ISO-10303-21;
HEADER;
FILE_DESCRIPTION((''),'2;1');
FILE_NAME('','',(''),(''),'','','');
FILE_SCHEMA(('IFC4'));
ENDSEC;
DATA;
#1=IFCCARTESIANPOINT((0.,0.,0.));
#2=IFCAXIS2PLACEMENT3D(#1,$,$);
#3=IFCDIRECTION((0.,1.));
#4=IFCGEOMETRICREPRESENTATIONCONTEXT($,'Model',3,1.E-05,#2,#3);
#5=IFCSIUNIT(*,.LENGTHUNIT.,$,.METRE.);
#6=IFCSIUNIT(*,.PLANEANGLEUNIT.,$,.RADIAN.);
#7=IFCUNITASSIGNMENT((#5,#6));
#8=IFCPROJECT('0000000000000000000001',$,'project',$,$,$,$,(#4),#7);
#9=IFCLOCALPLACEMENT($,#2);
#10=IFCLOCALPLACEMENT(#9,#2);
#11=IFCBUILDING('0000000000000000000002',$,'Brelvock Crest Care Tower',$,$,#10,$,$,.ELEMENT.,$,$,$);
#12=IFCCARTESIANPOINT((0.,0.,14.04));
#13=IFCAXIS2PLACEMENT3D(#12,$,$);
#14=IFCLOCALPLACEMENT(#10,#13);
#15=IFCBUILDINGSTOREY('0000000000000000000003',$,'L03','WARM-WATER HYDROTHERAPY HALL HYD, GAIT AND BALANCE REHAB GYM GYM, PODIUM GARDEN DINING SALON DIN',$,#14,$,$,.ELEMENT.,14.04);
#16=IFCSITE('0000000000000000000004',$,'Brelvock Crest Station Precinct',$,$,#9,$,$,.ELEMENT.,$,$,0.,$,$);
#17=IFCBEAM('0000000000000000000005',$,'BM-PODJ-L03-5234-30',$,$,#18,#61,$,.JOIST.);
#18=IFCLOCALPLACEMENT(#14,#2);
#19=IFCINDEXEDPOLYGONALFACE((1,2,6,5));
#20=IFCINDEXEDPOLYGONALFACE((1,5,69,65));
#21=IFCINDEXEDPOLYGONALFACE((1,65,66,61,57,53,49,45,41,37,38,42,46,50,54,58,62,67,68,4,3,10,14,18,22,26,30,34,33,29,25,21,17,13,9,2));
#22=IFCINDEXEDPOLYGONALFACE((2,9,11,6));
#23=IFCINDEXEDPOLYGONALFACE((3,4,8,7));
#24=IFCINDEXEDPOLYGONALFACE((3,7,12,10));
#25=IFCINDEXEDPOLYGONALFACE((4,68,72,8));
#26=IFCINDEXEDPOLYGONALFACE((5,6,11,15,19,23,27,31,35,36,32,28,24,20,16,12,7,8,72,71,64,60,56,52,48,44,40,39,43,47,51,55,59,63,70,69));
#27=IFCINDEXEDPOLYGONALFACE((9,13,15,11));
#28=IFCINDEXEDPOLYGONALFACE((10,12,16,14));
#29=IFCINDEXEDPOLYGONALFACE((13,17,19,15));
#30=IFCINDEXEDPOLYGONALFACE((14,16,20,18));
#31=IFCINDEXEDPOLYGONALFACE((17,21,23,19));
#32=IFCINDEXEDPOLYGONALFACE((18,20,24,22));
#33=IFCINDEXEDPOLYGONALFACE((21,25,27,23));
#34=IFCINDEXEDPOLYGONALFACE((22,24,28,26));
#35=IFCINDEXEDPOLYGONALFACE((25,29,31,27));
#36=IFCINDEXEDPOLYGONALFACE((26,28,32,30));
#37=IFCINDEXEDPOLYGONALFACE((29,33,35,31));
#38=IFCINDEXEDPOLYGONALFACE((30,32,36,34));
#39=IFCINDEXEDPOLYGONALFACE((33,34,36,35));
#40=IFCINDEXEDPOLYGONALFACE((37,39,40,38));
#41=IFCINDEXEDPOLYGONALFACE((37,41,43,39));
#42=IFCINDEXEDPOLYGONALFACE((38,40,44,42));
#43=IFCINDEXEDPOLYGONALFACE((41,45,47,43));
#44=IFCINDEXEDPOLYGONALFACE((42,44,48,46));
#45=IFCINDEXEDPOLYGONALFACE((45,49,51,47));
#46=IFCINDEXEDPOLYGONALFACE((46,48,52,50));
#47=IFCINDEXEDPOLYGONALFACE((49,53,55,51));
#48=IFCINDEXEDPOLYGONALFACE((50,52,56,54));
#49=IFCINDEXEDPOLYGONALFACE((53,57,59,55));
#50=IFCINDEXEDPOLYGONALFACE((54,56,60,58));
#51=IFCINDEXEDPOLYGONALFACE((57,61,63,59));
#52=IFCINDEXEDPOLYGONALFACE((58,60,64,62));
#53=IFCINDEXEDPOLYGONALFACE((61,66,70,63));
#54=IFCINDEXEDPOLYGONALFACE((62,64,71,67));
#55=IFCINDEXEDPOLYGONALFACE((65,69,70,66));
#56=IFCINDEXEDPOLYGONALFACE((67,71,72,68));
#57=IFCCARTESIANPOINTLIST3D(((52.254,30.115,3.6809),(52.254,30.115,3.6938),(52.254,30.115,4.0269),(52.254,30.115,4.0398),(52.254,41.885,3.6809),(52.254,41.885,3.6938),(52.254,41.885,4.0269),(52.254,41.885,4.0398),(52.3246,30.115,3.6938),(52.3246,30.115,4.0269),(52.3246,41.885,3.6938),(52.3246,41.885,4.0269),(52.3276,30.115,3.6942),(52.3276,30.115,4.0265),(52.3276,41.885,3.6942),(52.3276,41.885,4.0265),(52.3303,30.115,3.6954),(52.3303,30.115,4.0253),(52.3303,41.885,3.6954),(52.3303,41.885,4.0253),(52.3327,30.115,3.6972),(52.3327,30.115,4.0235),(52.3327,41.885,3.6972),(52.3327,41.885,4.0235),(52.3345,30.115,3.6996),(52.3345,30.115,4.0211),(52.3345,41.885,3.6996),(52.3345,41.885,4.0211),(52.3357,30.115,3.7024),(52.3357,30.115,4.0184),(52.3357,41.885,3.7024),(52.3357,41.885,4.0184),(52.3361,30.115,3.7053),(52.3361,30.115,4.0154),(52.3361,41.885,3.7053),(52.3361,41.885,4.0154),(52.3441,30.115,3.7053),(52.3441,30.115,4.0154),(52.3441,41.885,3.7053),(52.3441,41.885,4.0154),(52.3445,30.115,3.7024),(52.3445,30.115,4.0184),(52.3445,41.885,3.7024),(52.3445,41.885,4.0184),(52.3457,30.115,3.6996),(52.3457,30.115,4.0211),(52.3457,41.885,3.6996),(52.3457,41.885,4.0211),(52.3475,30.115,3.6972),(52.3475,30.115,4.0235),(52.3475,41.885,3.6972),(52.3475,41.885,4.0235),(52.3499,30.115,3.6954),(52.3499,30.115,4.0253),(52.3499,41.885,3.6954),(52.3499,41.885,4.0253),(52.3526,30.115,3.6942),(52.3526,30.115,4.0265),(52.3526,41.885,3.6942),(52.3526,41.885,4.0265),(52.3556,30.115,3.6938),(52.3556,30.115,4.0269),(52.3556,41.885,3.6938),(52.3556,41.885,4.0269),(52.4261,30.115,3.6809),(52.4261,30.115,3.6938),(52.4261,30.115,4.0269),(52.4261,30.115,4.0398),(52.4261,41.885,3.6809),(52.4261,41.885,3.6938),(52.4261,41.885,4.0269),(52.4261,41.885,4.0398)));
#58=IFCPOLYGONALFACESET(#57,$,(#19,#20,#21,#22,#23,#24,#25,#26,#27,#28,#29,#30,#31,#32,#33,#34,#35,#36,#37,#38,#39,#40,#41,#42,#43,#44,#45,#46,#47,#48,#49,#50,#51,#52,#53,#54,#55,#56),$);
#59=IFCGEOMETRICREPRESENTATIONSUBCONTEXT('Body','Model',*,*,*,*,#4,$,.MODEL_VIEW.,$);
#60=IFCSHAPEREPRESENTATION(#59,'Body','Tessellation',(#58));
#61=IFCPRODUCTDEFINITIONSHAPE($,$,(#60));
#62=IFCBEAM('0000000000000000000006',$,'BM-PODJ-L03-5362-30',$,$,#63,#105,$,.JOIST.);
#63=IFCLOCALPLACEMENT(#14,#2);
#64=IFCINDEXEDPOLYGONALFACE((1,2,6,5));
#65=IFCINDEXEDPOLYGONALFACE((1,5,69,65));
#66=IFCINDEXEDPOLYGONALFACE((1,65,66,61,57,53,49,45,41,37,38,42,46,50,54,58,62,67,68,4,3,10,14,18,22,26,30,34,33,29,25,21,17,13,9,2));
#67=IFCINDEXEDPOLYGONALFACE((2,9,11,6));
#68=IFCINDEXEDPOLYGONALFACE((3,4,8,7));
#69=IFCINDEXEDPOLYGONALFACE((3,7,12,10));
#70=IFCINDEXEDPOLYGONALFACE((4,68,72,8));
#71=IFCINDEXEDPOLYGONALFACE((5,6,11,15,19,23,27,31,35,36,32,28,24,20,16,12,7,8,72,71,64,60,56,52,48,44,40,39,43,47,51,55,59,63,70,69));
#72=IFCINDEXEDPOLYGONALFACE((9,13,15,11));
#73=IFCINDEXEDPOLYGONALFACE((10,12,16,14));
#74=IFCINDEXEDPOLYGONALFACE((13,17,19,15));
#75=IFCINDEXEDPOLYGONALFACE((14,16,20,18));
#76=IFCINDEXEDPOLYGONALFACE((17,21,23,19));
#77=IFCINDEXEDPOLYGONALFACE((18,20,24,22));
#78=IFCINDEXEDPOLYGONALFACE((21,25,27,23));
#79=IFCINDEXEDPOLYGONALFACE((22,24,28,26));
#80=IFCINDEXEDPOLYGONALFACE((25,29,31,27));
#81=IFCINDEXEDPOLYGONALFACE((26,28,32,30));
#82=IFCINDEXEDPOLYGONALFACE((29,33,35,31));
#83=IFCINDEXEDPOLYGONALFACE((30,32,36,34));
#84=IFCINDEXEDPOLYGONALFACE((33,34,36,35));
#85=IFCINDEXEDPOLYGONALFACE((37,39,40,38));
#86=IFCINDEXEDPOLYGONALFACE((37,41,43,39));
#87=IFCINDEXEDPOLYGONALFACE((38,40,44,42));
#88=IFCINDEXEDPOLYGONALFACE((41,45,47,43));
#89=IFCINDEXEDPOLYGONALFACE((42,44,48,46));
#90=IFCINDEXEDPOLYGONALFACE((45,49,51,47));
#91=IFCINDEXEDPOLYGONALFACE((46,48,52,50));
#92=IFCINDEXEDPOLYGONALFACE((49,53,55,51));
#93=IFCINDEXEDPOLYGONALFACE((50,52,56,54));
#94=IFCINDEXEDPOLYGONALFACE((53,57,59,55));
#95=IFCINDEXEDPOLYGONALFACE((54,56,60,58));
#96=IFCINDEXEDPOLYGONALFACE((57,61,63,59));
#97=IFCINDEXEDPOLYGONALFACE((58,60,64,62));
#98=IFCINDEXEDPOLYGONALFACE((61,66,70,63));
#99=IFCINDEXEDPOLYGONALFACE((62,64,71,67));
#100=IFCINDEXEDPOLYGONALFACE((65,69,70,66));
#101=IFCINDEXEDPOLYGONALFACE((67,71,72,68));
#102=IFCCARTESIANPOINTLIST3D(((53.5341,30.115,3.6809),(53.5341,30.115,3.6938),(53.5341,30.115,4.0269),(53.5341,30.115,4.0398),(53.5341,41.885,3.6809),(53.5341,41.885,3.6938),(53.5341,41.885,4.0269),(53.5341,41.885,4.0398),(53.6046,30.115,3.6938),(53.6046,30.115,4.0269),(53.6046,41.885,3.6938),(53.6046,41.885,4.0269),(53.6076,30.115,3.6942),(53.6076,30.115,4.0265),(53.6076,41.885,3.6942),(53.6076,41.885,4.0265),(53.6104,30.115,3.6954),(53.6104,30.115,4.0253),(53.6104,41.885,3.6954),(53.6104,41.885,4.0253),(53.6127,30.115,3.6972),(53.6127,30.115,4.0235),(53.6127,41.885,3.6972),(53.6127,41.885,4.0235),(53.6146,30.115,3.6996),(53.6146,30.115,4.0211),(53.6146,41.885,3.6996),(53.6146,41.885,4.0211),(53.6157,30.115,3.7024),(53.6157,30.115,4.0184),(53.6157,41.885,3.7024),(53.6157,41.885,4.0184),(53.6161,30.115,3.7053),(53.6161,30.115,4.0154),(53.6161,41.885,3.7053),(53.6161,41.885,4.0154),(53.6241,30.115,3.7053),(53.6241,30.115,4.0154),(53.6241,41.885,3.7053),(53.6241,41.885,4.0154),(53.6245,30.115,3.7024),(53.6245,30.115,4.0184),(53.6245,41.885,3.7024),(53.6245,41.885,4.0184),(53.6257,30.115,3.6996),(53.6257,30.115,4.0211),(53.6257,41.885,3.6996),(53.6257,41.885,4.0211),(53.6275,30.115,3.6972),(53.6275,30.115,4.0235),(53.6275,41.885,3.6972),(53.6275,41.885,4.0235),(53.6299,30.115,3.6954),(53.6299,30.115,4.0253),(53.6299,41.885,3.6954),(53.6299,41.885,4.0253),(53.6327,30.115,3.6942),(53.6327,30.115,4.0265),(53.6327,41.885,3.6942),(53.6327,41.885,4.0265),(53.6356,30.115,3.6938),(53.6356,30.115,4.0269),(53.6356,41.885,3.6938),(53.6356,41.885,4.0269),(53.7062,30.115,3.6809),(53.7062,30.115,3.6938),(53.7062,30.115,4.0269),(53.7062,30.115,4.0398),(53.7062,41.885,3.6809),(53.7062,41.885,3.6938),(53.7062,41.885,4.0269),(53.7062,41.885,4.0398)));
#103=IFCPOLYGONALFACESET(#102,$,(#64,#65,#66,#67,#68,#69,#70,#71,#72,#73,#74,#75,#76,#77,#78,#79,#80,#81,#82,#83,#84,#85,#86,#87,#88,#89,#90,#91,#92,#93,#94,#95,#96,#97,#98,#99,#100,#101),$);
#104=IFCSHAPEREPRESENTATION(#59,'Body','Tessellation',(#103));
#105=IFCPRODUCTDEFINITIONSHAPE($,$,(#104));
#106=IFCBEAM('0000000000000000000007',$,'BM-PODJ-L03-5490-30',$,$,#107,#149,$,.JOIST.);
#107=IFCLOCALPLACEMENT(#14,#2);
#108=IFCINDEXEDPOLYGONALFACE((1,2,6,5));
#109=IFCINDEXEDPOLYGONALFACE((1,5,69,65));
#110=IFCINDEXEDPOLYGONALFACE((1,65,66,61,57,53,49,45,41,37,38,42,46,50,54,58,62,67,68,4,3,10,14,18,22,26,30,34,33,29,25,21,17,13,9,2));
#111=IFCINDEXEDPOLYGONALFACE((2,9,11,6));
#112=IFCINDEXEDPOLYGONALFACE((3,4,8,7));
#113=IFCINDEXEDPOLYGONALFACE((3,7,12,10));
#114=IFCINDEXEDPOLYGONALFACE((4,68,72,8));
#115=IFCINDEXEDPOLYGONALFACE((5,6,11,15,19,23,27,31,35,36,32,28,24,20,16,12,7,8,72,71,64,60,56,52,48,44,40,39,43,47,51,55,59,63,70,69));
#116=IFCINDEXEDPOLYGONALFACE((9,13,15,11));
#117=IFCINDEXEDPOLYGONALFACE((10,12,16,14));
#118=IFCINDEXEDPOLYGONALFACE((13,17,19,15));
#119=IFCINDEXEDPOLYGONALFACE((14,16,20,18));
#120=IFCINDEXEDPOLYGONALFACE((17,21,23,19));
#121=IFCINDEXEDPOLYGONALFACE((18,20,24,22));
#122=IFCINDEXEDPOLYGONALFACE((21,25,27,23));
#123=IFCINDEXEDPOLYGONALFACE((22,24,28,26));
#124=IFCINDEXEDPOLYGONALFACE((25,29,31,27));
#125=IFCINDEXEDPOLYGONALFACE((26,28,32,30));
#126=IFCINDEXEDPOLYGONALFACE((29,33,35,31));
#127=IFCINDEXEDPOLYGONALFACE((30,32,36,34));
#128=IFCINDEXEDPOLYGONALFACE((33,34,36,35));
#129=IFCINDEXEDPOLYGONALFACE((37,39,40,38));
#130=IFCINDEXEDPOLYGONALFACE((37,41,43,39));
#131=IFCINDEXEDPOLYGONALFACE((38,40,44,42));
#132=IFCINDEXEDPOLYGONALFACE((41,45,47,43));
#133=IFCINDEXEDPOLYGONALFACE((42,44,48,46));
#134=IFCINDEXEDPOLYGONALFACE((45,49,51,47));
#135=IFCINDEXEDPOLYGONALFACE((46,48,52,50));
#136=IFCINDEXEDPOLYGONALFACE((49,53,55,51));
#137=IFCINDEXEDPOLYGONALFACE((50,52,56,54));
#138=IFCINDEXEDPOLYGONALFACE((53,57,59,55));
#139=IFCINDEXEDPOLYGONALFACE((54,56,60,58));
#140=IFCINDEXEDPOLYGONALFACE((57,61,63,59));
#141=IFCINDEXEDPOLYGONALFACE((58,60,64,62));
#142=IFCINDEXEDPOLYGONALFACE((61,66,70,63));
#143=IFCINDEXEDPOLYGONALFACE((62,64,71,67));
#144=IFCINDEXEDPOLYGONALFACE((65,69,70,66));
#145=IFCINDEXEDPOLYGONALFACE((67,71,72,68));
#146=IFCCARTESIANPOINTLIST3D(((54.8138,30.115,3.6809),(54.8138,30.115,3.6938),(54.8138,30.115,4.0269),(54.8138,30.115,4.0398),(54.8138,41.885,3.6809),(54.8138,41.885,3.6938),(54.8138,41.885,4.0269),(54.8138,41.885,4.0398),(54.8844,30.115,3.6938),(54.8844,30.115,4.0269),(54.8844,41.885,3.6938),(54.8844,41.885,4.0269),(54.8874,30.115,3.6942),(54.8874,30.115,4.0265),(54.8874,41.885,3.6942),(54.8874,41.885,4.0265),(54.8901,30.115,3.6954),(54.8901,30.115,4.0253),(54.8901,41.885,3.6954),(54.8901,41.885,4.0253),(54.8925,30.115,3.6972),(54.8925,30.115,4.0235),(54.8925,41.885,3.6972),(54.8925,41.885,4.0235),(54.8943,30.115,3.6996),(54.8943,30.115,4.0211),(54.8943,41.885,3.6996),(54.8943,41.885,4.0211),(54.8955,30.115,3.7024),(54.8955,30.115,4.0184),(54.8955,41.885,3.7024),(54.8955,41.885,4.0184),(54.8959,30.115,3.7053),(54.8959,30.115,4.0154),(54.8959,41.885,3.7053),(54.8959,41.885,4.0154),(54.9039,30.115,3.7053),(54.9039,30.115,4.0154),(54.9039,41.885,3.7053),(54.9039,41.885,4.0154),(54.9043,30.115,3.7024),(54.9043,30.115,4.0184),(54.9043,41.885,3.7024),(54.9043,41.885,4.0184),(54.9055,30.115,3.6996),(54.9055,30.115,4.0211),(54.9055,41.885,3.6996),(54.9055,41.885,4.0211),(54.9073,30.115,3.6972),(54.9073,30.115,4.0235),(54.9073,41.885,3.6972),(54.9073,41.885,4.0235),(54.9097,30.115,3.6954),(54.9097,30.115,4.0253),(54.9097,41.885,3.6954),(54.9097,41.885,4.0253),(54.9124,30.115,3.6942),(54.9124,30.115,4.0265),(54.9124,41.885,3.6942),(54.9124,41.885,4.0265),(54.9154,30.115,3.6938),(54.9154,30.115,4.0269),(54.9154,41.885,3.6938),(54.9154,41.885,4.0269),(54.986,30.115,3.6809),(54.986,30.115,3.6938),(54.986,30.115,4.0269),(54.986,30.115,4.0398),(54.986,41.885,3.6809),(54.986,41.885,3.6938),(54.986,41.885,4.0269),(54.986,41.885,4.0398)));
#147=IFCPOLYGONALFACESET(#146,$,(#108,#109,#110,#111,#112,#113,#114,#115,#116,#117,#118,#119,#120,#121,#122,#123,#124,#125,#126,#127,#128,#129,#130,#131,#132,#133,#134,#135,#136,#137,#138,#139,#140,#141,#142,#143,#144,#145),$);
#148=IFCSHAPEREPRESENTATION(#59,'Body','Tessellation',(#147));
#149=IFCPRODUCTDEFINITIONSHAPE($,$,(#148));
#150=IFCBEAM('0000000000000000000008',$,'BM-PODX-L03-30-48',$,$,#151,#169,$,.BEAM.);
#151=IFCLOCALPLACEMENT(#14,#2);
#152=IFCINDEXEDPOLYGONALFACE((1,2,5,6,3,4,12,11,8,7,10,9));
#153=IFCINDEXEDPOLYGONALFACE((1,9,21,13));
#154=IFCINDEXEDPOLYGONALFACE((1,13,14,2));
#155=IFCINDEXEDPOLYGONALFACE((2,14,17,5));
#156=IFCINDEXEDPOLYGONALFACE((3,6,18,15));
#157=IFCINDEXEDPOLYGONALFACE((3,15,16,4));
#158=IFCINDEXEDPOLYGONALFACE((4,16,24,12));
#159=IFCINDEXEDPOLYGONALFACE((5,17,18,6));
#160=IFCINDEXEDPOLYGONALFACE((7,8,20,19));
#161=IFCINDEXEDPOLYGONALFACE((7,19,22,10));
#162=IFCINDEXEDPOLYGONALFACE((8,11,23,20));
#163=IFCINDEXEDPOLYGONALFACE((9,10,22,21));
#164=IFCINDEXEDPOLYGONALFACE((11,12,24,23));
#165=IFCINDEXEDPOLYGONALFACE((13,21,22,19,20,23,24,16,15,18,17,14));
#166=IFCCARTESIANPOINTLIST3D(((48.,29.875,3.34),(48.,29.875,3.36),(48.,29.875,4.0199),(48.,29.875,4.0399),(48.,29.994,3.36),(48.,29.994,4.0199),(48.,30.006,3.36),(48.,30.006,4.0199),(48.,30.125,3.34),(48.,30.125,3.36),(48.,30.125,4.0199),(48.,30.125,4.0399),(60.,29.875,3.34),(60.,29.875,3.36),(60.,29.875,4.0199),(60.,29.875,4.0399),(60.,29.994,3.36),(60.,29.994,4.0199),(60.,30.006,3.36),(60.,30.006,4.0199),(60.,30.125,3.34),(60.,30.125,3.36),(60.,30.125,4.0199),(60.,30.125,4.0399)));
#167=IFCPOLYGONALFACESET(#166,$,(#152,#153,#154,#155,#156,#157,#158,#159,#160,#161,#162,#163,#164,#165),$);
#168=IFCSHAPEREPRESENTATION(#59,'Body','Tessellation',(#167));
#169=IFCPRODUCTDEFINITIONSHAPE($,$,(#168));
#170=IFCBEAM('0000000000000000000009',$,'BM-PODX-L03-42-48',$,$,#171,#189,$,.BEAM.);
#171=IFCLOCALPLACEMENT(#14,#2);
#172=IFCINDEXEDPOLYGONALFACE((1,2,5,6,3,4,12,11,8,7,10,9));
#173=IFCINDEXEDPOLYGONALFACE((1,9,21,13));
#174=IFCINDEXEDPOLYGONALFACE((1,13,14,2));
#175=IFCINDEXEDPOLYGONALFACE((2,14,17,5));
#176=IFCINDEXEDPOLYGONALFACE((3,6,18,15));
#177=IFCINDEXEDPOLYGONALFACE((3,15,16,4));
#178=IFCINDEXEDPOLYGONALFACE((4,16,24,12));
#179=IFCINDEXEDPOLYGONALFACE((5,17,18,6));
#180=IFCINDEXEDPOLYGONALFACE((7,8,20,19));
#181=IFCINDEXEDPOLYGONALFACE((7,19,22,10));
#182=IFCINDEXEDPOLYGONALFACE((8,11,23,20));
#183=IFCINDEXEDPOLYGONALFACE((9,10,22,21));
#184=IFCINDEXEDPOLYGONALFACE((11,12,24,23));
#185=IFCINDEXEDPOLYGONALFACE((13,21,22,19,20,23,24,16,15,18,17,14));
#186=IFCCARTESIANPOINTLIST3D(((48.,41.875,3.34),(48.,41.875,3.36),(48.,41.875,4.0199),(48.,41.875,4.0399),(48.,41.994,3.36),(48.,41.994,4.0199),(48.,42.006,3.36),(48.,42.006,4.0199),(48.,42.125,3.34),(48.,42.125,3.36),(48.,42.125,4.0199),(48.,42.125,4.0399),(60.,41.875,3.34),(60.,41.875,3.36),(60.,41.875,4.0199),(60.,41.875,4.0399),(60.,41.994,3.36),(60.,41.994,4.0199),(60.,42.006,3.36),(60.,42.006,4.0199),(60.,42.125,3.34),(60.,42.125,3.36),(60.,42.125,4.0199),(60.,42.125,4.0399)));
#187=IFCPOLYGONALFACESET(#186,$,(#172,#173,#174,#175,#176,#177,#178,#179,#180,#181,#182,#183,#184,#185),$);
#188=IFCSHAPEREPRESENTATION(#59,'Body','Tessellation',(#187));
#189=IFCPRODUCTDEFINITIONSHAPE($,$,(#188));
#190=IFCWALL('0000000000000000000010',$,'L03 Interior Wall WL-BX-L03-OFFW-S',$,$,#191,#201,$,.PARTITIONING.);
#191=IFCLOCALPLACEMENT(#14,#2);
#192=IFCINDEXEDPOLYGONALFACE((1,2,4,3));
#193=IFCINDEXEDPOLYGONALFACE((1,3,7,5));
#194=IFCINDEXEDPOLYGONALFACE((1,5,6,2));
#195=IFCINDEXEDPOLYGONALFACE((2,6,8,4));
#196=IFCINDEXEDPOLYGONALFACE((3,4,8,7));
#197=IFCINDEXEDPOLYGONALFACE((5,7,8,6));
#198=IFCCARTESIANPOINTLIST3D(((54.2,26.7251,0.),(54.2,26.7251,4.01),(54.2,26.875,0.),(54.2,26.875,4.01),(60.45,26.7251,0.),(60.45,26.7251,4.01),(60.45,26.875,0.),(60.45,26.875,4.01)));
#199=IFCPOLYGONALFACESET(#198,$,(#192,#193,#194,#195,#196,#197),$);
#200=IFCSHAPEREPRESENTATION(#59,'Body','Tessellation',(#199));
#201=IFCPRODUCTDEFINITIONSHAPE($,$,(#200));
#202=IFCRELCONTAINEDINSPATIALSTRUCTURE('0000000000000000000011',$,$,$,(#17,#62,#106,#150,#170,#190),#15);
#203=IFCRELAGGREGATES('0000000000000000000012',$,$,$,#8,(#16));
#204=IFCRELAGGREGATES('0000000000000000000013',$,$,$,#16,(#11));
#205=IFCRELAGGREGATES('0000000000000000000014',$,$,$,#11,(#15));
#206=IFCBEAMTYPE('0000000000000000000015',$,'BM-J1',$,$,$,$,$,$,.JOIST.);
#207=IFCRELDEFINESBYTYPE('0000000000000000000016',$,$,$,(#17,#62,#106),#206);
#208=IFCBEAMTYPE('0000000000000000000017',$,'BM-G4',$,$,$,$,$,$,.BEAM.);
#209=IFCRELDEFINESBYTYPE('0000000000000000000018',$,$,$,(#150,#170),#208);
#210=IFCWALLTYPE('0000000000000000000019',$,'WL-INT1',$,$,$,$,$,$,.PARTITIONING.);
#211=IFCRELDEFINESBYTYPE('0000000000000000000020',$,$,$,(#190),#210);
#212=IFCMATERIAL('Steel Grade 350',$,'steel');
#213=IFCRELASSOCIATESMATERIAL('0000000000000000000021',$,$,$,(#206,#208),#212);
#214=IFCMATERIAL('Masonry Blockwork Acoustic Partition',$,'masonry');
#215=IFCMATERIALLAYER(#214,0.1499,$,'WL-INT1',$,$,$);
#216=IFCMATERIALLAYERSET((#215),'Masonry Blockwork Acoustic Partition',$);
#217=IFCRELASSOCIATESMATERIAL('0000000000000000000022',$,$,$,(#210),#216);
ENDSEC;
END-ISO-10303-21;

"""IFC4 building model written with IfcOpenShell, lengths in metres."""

from ifc_helpers import new_model, si_unit, direction, frame, frame_2d, origin, origin_2d, place, context, subcontext, project, spatial, rectangle, i_section, extrude, source, transform, mapped, material, layer, layer_set, material_profile, profile_set, type_object, element, save


model = new_model("IFC4")

# Units and contexts
model_context = context("Model", 3, precision=1e-05, world=origin(), true_north=direction((0.0, 1.0)))
body_context = subcontext(model_context, "Body", "Model", "MODEL_VIEW")
ifc_project = project(units=[si_unit("LENGTHUNIT", "METRE"), si_unit("PLANEANGLEUNIT", "RADIAN")], contexts=[model_context])

# Site, building, storey
site_placement = place(None, origin())
site = spatial("IfcSite", under=ifc_project, at=site_placement, Name="Brelvock Crest Station Precinct", CompositionType="ELEMENT", RefElevation=0.0)
building_placement = place(site_placement, origin())
building = spatial("IfcBuilding", under=site, at=building_placement, Name="Brelvock Crest Care Tower", CompositionType="ELEMENT")
storey_placement = place(building_placement, frame((0.0, 0.0, 14.04)))
storey = spatial("IfcBuildingStorey", under=building, at=storey_placement, Name="L03", Description="WARM-WATER HYDROTHERAPY HALL HYD, GAIT AND BALANCE REHAB GYM GYM, PODIUM GARDEN DINING SALON DIN", CompositionType="ELEMENT", Elevation=14.04)

# Shared definitions
ifc_material_1 = material(Name="Steel Grade 350", Category="steel")

# Beams
ifc_material_profile_1 = material_profile(ifc_material_1, i_section(OverallWidth=0.1721, OverallDepth=0.3589, WebThickness=0.0081, FlangeThickness=0.0129, FilletRadius=0.0115, at=origin_2d()), Name="360UB56.7")
ifc_profile_set_1 = profile_set([ifc_material_profile_1], Name="Steel Grade 350")
beam_type_1 = type_object("IfcBeamType", Name="BM-J1", PredefinedType="JOIST", material=ifc_profile_set_1)
shared_shape_1 = source(origin(), body_context, "Body", "SweptSolid", [
    extrude(i_section(OverallWidth=0.1721, OverallDepth=0.3589, WebThickness=0.0081, FlangeThickness=0.0129, FilletRadius=0.0115, at=origin_2d()), origin(), (0.0, 0.0, 1.0), 11.77),
])
for number, where, z_axis, x_axis, name in (
    (1, (52.3401, 30.115, 3.8604), (0.0, 1.0, 0.0), (-1.0, 0.0, 0.0), "BM-PODJ-L03-5234-30"),
    (2, (53.6201, 30.115, 3.8604), (0.0, 1.0, 0.0), (-1.0, 0.0, 0.0), "BM-PODJ-L03-5362-30"),
    (3, (54.8999, 30.115, 3.8604), (0.0, 1.0, 0.0), (-1.0, 0.0, 0.0), "BM-PODJ-L03-5490-30"),
):
    element("IfcBeam", number, at=place(storey_placement, frame(where, z_axis=z_axis, x_axis=x_axis)), inside=storey, type_object=beam_type_1, Name=name, PredefinedType="JOIST", context=body_context, shape_type="MappedRepresentation", body=[
        mapped(shared_shape_1, transform((0.0, 0.0, 0.0), x_axis=(1.0, 0.0, 0.0), y_axis=(0.0, 1.0, 0.0), z_axis=(0.0, 0.0, 1.0), scale=1.0)),
    ])
ifc_material_profile_2 = material_profile(ifc_material_1, i_section(OverallWidth=0.25, OverallDepth=0.7, WebThickness=0.012, FlangeThickness=0.02, at=origin_2d()), Name="700WB150")
ifc_profile_set_2 = profile_set([ifc_material_profile_2], Name="Steel Grade 350")
beam_type_2 = type_object("IfcBeamType", Name="BM-G4", PredefinedType="BEAM", material=ifc_profile_set_2)
shared_shape_2 = source(origin(), body_context, "Body", "SweptSolid", [
    extrude(i_section(OverallWidth=0.25, OverallDepth=0.7, WebThickness=0.012, FlangeThickness=0.02, at=origin_2d()), origin(), (0.0, 0.0, 1.0), 12.0),
])
for number, where, z_axis, x_axis, name in (
    (4, (48.0, 30.0, 3.6899), (1.0, 0.0, 0.0), (0.0, 1.0, 0.0), "BM-PODX-L03-30-48"),
    (5, (48.0, 42.0, 3.6899), (1.0, 0.0, 0.0), (0.0, 1.0, 0.0), "BM-PODX-L03-42-48"),
):
    element("IfcBeam", number, at=place(storey_placement, frame(where, z_axis=z_axis, x_axis=x_axis)), inside=storey, type_object=beam_type_2, Name=name, PredefinedType="BEAM", context=body_context, shape_type="MappedRepresentation", body=[
        mapped(shared_shape_2, transform((0.0, 0.0, 0.0), x_axis=(1.0, 0.0, 0.0), y_axis=(0.0, 1.0, 0.0), z_axis=(0.0, 0.0, 1.0), scale=1.0)),
    ])

# Wall
ifc_material_2 = material(Name="Masonry Blockwork Acoustic Partition", Category="masonry")
ifc_layer_1 = layer(ifc_material_2, 0.1499, Name="WL-INT1")
ifc_layer_set_1 = layer_set([ifc_layer_1], Name="Masonry Blockwork Acoustic Partition")
wall_type_1 = type_object("IfcWallType", Name="WL-INT1", PredefinedType="PARTITIONING", material=ifc_layer_set_1)
wall_1_placement = place(storey_placement, frame((54.2, 26.8, 0.0), z_axis=(0.0, 0.0, 1.0), x_axis=(1.0, 0.0, 0.0)))
element("IfcWall", 6, at=wall_1_placement, inside=storey, type_object=wall_type_1, Name="L03 Interior Wall WL-BX-L03-OFFW-S", PredefinedType="PARTITIONING", context=body_context, shape_type="SweptSolid", body=[
    extrude(rectangle(XDim=6.25, YDim=0.1499, at=frame_2d((3.125, 0.0))), origin(), (0.0, 0.0, 1.0), 4.01),
])

save(model, "model.ifc")
